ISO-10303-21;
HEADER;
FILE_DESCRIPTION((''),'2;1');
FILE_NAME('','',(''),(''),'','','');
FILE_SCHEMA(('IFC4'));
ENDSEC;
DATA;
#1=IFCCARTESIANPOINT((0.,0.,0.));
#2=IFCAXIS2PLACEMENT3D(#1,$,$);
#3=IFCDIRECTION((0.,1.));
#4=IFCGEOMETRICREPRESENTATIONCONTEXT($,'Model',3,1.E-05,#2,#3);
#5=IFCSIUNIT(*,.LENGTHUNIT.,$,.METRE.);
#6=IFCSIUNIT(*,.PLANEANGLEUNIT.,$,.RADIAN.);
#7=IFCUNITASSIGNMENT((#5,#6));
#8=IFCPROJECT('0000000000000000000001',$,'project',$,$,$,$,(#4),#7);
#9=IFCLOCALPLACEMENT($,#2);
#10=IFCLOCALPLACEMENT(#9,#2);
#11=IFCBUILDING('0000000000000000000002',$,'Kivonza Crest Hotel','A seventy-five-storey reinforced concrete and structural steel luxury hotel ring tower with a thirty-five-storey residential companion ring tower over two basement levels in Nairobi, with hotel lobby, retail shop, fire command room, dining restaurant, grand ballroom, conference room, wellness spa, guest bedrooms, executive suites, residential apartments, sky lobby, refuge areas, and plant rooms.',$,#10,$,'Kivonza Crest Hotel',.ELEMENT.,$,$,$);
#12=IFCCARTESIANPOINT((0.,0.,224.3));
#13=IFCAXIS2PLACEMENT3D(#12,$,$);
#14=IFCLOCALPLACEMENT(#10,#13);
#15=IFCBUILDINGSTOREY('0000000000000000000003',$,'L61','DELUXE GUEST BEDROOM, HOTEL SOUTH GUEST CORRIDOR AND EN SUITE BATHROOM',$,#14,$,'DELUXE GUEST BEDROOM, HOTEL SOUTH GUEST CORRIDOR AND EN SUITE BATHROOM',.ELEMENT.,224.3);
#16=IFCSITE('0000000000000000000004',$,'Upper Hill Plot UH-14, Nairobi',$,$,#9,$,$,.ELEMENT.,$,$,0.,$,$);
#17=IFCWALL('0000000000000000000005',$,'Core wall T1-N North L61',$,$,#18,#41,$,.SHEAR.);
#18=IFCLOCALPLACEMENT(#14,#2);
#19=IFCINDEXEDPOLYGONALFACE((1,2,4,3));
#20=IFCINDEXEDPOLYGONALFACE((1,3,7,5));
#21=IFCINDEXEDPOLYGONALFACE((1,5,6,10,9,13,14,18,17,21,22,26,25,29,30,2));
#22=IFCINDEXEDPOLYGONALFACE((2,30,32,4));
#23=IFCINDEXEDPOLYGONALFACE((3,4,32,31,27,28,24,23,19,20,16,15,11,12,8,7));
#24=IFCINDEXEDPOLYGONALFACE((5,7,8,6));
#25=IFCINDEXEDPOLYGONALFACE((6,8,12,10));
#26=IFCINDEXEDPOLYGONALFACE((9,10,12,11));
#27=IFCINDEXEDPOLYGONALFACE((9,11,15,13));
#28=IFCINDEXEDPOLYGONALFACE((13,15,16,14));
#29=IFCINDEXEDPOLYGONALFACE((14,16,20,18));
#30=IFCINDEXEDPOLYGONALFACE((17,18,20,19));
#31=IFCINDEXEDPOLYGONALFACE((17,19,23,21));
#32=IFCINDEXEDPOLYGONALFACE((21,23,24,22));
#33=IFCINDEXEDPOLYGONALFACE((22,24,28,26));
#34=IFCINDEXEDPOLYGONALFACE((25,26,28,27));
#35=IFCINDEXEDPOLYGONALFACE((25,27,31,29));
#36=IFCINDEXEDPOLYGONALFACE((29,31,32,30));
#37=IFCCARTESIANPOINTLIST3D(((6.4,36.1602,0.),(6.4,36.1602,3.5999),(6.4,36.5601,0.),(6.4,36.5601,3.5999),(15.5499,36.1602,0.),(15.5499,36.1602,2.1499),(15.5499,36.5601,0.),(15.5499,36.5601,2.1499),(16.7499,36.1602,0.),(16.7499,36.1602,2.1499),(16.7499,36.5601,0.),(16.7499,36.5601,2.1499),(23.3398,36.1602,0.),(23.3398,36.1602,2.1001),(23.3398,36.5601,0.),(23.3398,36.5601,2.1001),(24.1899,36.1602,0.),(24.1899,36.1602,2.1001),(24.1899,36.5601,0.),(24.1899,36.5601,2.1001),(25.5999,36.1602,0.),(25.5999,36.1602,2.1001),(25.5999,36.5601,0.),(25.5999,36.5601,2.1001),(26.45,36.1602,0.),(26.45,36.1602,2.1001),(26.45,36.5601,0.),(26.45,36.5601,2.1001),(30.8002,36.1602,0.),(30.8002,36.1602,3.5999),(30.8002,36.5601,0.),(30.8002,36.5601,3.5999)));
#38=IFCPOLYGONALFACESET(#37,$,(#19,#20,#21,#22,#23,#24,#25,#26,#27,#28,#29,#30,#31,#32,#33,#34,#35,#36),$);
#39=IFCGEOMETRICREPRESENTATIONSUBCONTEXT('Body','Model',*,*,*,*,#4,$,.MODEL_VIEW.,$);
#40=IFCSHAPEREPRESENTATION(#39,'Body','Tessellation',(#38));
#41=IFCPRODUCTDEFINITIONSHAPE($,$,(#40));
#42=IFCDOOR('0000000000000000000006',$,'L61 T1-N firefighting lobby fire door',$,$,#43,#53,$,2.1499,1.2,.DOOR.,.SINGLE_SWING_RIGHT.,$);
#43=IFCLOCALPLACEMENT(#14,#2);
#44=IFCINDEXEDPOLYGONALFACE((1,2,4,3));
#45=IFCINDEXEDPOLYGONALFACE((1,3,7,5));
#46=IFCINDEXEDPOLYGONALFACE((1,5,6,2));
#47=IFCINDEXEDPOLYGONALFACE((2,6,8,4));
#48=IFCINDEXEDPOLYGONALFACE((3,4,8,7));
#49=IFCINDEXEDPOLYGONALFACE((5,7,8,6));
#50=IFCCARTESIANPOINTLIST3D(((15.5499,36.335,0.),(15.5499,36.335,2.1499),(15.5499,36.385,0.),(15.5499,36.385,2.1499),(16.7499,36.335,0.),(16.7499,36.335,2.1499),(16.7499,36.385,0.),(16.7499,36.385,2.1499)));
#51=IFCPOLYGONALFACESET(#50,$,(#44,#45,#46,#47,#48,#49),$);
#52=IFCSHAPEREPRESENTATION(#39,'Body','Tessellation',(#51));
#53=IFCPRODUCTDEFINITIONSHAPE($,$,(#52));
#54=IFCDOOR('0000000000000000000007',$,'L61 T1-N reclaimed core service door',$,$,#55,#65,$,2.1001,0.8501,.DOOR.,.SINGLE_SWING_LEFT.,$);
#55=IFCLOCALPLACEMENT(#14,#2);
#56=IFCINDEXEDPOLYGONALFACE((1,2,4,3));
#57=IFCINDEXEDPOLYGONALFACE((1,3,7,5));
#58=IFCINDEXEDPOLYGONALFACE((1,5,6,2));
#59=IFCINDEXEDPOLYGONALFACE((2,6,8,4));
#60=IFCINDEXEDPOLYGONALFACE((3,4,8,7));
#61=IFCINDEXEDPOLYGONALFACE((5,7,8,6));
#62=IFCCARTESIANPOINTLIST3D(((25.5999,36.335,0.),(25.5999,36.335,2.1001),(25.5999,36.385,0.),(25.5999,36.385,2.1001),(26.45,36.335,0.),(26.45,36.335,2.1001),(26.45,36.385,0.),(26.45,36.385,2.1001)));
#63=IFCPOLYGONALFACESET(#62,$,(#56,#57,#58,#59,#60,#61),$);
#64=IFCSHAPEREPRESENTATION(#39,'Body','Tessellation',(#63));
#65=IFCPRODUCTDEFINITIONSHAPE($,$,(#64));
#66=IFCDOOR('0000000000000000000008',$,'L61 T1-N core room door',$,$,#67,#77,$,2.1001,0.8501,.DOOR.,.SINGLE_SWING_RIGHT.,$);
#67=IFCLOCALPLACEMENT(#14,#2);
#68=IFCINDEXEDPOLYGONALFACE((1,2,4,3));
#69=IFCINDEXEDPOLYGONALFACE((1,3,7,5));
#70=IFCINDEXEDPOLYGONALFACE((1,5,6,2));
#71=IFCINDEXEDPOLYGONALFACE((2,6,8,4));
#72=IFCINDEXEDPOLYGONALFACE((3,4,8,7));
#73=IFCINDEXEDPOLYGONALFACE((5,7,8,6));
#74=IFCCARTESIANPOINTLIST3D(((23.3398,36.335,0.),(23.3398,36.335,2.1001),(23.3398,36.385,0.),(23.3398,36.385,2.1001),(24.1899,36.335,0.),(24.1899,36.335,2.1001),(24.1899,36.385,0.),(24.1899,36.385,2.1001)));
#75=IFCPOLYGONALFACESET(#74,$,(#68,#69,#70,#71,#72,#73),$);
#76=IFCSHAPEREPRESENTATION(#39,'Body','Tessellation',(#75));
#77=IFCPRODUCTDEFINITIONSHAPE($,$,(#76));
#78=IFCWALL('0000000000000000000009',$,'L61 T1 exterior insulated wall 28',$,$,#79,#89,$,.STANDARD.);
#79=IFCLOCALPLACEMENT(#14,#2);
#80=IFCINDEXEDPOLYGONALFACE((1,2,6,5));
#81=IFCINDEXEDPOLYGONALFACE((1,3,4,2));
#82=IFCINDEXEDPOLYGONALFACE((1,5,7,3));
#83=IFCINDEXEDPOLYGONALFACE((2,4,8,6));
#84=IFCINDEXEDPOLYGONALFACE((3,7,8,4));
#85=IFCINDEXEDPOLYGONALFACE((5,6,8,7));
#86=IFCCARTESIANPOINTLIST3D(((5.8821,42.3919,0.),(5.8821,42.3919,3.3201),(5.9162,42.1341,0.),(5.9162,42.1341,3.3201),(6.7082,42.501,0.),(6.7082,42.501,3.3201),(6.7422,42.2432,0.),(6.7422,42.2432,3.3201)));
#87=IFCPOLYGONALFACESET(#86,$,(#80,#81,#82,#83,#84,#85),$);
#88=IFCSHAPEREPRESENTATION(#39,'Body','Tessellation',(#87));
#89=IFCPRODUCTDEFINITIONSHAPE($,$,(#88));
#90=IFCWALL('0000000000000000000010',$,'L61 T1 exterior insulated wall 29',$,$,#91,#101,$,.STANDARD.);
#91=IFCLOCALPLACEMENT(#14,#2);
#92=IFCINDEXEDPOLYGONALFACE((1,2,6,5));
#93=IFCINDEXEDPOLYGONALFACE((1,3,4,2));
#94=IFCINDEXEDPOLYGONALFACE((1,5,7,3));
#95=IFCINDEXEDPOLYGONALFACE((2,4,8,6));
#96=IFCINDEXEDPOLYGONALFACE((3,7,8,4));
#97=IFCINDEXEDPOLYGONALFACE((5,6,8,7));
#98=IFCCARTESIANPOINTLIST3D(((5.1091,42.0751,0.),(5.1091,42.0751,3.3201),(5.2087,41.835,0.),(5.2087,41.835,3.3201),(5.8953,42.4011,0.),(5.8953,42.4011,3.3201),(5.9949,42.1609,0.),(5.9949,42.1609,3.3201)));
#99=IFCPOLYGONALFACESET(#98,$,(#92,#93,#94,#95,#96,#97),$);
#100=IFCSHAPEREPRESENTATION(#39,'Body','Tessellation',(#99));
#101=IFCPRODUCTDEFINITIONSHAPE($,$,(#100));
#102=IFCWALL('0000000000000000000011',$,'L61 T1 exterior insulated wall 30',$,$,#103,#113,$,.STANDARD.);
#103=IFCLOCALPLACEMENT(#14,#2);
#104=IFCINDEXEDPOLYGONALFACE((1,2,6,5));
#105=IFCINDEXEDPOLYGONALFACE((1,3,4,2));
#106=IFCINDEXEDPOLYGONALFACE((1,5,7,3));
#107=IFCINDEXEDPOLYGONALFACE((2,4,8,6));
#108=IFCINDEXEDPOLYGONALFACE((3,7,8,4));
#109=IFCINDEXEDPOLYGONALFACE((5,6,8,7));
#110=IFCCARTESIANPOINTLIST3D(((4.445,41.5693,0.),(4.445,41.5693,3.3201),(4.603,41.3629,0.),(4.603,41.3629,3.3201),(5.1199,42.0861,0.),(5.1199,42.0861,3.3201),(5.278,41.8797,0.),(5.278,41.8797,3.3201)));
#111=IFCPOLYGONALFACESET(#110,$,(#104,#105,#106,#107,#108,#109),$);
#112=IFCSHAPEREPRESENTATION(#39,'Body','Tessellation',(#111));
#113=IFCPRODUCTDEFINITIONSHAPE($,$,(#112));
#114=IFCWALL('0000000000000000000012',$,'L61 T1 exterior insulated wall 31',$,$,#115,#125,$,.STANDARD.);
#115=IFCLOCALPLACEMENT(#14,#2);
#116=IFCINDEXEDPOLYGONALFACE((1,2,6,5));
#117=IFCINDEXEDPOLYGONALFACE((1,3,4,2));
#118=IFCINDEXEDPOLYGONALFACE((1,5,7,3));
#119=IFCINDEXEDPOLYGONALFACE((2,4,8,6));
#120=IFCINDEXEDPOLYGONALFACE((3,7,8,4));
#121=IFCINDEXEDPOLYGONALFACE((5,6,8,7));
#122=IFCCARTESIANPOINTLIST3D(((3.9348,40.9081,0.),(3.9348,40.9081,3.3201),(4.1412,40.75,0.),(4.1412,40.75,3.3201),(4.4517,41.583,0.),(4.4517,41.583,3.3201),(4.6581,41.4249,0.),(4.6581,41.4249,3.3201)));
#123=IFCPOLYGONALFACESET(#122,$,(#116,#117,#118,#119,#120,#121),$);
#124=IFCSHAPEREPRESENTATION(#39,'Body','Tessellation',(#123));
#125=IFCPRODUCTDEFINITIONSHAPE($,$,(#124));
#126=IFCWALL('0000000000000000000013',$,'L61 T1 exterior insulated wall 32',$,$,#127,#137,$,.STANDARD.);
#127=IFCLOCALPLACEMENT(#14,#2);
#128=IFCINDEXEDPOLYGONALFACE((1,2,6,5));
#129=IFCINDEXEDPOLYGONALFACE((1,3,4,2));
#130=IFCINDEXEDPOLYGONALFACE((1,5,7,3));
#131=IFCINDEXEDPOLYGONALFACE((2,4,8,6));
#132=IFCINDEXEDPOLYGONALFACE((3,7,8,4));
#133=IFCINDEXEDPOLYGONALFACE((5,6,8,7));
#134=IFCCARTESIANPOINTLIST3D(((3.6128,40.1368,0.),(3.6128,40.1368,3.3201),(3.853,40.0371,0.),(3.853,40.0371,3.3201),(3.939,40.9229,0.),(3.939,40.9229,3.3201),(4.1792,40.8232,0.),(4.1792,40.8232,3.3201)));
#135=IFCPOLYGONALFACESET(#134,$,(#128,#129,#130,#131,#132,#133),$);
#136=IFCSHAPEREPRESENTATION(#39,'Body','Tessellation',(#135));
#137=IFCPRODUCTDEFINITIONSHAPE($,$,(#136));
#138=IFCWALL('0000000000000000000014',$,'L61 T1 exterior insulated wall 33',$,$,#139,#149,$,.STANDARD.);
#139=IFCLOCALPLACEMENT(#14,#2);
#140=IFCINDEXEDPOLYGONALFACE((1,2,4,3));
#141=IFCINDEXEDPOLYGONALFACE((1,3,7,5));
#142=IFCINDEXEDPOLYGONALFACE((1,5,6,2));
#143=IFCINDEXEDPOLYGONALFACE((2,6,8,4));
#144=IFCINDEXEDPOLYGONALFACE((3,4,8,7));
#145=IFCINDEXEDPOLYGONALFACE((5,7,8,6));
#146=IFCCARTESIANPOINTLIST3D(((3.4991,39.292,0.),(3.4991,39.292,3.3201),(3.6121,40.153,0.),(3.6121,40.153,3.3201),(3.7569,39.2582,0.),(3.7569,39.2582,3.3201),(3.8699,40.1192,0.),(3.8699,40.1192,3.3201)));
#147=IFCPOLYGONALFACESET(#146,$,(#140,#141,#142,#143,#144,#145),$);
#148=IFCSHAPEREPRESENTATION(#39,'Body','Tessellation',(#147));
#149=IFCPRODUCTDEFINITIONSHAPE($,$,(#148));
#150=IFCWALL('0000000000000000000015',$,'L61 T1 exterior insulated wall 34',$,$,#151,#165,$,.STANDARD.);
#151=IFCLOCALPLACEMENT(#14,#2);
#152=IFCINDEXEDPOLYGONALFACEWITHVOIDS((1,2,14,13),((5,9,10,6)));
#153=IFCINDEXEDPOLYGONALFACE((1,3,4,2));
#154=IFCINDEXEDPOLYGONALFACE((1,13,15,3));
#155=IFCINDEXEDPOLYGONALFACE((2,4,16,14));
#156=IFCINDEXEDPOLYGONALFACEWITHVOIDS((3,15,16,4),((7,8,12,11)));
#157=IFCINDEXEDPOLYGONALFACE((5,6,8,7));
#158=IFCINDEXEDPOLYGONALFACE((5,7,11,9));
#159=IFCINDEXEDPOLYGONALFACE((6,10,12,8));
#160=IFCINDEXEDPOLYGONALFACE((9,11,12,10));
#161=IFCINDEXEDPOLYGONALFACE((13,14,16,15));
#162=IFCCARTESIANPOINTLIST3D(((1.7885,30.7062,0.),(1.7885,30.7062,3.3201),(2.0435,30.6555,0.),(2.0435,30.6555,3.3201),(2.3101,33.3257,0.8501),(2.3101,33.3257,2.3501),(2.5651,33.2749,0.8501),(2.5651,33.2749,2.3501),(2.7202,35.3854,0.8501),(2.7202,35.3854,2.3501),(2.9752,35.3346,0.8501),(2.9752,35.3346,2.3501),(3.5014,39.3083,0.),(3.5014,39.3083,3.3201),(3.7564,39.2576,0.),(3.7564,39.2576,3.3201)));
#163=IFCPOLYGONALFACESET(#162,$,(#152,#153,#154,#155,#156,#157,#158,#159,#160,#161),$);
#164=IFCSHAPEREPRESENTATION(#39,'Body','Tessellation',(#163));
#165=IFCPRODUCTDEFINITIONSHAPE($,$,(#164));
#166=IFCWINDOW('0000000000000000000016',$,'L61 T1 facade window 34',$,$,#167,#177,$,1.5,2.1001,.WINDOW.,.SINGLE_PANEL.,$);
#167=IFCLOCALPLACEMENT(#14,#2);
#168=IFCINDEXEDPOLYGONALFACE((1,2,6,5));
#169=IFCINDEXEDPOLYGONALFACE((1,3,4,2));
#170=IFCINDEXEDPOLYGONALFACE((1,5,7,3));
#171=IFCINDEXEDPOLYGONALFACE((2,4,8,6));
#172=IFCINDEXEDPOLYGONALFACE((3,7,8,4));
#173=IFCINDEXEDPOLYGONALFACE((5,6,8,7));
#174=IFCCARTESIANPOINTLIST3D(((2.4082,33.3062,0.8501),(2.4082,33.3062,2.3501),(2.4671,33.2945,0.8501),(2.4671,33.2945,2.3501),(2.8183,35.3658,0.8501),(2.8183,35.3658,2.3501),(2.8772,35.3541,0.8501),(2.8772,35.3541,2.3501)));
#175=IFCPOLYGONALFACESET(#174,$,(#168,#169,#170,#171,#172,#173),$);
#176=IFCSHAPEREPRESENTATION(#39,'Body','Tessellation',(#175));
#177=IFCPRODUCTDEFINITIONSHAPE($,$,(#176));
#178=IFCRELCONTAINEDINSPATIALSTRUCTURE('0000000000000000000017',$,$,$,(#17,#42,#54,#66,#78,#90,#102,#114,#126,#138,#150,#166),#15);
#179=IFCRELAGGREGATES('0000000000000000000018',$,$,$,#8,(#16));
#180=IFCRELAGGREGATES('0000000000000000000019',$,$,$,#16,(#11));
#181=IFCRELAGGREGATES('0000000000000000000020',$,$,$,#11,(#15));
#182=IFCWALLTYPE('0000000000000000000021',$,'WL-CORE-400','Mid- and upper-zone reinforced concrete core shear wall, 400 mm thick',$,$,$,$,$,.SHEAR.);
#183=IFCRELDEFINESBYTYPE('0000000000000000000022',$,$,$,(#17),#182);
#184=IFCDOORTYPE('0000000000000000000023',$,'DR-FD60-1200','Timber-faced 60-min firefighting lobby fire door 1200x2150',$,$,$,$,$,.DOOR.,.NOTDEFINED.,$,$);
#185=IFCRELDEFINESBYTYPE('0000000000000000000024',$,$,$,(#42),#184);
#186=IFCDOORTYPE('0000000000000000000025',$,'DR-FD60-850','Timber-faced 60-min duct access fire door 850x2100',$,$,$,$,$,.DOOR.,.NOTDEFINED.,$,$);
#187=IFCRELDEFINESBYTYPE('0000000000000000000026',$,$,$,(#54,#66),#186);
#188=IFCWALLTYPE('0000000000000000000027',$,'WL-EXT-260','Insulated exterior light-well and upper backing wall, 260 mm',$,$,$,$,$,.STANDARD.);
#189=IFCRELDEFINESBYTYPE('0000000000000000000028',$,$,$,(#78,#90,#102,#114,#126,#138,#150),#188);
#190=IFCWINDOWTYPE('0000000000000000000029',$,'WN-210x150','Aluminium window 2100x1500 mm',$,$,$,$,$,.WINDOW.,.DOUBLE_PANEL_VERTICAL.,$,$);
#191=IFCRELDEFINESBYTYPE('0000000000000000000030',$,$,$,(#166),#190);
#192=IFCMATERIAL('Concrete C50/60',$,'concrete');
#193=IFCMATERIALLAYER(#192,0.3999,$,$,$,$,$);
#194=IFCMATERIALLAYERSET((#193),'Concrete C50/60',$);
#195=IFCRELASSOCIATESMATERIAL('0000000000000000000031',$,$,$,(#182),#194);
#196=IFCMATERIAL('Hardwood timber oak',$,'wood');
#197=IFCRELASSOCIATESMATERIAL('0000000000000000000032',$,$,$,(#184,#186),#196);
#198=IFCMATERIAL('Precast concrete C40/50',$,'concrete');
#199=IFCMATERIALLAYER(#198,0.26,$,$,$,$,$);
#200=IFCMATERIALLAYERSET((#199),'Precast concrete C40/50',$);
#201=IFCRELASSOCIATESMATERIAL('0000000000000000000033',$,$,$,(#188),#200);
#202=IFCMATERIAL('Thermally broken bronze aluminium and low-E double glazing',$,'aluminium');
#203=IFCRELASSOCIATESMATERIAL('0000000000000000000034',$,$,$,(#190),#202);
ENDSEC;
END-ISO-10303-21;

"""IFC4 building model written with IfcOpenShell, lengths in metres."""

from ifc_helpers import new_model, si_unit, direction, frame, frame_2d, origin, place, context, subcontext, project, spatial, rectangle, extrude, material, layer, layer_set, type_object, element, fill, save


model = new_model("IFC4")

# Units and contexts
model_context = context("Model", 3, precision=1e-05, world=origin(), true_north=direction((0.0, 1.0)))
body_context = subcontext(model_context, "Body", "Model", "MODEL_VIEW")
ifc_project = project(units=[si_unit("LENGTHUNIT", "METRE"), si_unit("PLANEANGLEUNIT", "RADIAN")], contexts=[model_context])

# Site, building, storey
site_placement = place(None, origin())
site = spatial("IfcSite", under=ifc_project, at=site_placement, Name="Upper Hill Plot UH-14, Nairobi", CompositionType="ELEMENT", RefElevation=0.0)
building_placement = place(site_placement, origin())
building = spatial("IfcBuilding", under=site, at=building_placement, Name="Kivonza Crest Hotel", Description="A seventy-five-storey reinforced concrete and structural steel luxury hotel ring tower with a thirty-five-storey residential companion ring tower over two basement levels in Nairobi, with hotel lobby, retail shop, fire command room, dining restaurant, grand ballroom, conference room, wellness spa, guest bedrooms, executive suites, residential apartments, sky lobby, refuge areas, and plant rooms.", LongName="Kivonza Crest Hotel", CompositionType="ELEMENT")
storey_placement = place(building_placement, frame((0.0, 0.0, 224.3)))
storey = spatial("IfcBuildingStorey", under=building, at=storey_placement, Name="L61", Description="DELUXE GUEST BEDROOM, HOTEL SOUTH GUEST CORRIDOR AND EN SUITE BATHROOM", LongName="DELUXE GUEST BEDROOM, HOTEL SOUTH GUEST CORRIDOR AND EN SUITE BATHROOM", CompositionType="ELEMENT", Elevation=224.3)

# Shared definitions
ifc_material_1 = material(Name="Concrete C50/60", Category="concrete")

# Wall, openings, doors
ifc_layer_1 = layer(ifc_material_1, 0.3999)
ifc_layer_set_1 = layer_set([ifc_layer_1], Name="Concrete C50/60")
wall_type_1 = type_object("IfcWallType", Name="WL-CORE-400", Description="Mid- and upper-zone reinforced concrete core shear wall, 400 mm thick", PredefinedType="SHEAR", material=ifc_layer_set_1)
wall_1_placement = place(storey_placement, frame((6.3999, 36.3601, 0.0), z_axis=(0.0, 0.0, 1.0), x_axis=(1.0, 0.0, 0.0)))
wall_1 = element("IfcWall", 1, at=wall_1_placement, inside=storey, type_object=wall_type_1, Name="Core wall T1-N North L61", PredefinedType="SHEAR", context=body_context, shape_type="SweptSolid", body=[
    extrude(rectangle(XDim=24.4001, YDim=0.3999, at=frame_2d((12.2002, 0.0))), origin(), (0.0, 0.0, 1.0), 3.5999),
])
opening_1_placement = place(wall_1_placement, frame((9.1499, 0.0, 0.0)))
opening_1 = element("IfcOpeningElement", 2, at=opening_1_placement, cuts=wall_1, PredefinedType="OPENING", context=body_context, shape_type="SweptSolid", body=[
    extrude(rectangle(XDim=1.2, YDim=2.1499, at=frame_2d((0.6001, 1.075))), frame((0.0, 0.21, 0.0), z_axis=(0.0, -1.0, 0.0), x_axis=(1.0, 0.0, 0.0)), (0.0, 0.0, 1.0), 0.4199),
])
opening_2_placement = place(wall_1_placement, frame((19.2, 0.0, 0.0)))
opening_2 = element("IfcOpeningElement", 3, at=opening_2_placement, cuts=wall_1, PredefinedType="OPENING", context=body_context, shape_type="SweptSolid", body=[
    extrude(rectangle(XDim=0.8501, YDim=2.1001, at=frame_2d((0.425, 1.05))), frame((0.0, 0.21, 0.0), z_axis=(0.0, -1.0, 0.0), x_axis=(1.0, 0.0, 0.0)), (0.0, 0.0, 1.0), 0.4199),
])
opening_3_placement = place(wall_1_placement, frame((16.9399, 0.0, 0.0)))
opening_3 = element("IfcOpeningElement", 4, at=opening_3_placement, cuts=wall_1, PredefinedType="OPENING", context=body_context, shape_type="SweptSolid", body=[
    extrude(rectangle(XDim=0.8501, YDim=2.1001, at=frame_2d((0.425, 1.05))), frame((0.0, 0.21, 0.0), z_axis=(0.0, -1.0, 0.0), x_axis=(1.0, 0.0, 0.0)), (0.0, 0.0, 1.0), 0.4199),
])
ifc_material_2 = material(Name="Hardwood timber oak", Category="wood")
door_type_1 = type_object("IfcDoorType", Name="DR-FD60-1200", Description="Timber-faced 60-min firefighting lobby fire door 1200x2150", OperationType="NOTDEFINED", PredefinedType="DOOR", material=ifc_material_2)
door_1_placement = place(opening_1_placement, origin())
door_1 = element("IfcDoor", 5, at=door_1_placement, inside=storey, type_object=door_type_1, Name="L61 T1-N firefighting lobby fire door", OperationType="SINGLE_SWING_RIGHT", OverallHeight=2.1499, OverallWidth=1.2, PredefinedType="DOOR", context=body_context, shape_type="SweptSolid", body=[
    extrude(rectangle(XDim=1.2, YDim=2.1499, at=frame_2d((0.6001, 1.075))), frame((0.0, 0.0249, 0.0), z_axis=(0.0, -1.0, 0.0), x_axis=(1.0, 0.0, 0.0)), (0.0, 0.0, 1.0), 0.05),
])
fill(opening_1, door_1)
door_type_2 = type_object("IfcDoorType", Name="DR-FD60-850", Description="Timber-faced 60-min duct access fire door 850x2100", OperationType="NOTDEFINED", PredefinedType="DOOR", material=ifc_material_2)
door_2_placement = place(opening_2_placement, origin())
door_2 = element("IfcDoor", 6, at=door_2_placement, inside=storey, type_object=door_type_2, Name="L61 T1-N reclaimed core service door", OperationType="SINGLE_SWING_LEFT", OverallHeight=2.1001, OverallWidth=0.8501, PredefinedType="DOOR", context=body_context, shape_type="SweptSolid", body=[
    extrude(rectangle(XDim=0.8501, YDim=2.1001, at=frame_2d((0.425, 1.05))), frame((0.0, 0.0249, 0.0), z_axis=(0.0, -1.0, 0.0), x_axis=(1.0, 0.0, 0.0)), (0.0, 0.0, 1.0), 0.05),
])
fill(opening_2, door_2)
door_3_placement = place(opening_3_placement, origin())
door_3 = element("IfcDoor", 7, at=door_3_placement, inside=storey, type_object=door_type_2, Name="L61 T1-N core room door", OperationType="SINGLE_SWING_RIGHT", OverallHeight=2.1001, OverallWidth=0.8501, PredefinedType="DOOR", context=body_context, shape_type="SweptSolid", body=[
    extrude(rectangle(XDim=0.8501, YDim=2.1001, at=frame_2d((0.425, 1.05))), frame((0.0, 0.0249, 0.0), z_axis=(0.0, -1.0, 0.0), x_axis=(1.0, 0.0, 0.0)), (0.0, 0.0, 1.0), 0.05),
])
fill(opening_3, door_3)

# Walls
ifc_material_3 = material(Name="Precast concrete C40/50", Category="concrete")
ifc_layer_2 = layer(ifc_material_3, 0.26)
ifc_layer_set_2 = layer_set([ifc_layer_2], Name="Precast concrete C40/50")
wall_type_2 = type_object("IfcWallType", Name="WL-EXT-260", Description="Insulated exterior light-well and upper backing wall, 260 mm", PredefinedType="STANDARD", material=ifc_layer_set_2)
wall_2_placement = place(storey_placement, frame((6.7251, 42.3721, 0.0), z_axis=(0.0, 0.0, 1.0), x_axis=(-0.991388, -0.130955, 0.0)))
element("IfcWall", 8, at=wall_2_placement, inside=storey, type_object=wall_type_2, Name="L61 T1 exterior insulated wall 28", PredefinedType="STANDARD", context=body_context, shape_type="SweptSolid", body=[
    extrude(rectangle(XDim=0.8333, YDim=0.26, at=frame_2d((0.4165, 0.0))), origin(), (0.0, 0.0, 1.0), 3.3201),
])
wall_3_placement = place(storey_placement, frame((5.9451, 42.281, 0.0), z_axis=(0.0, 0.0, 1.0), x_axis=(-0.923754, -0.382985, 0.0)))
element("IfcWall", 9, at=wall_3_placement, inside=storey, type_object=wall_type_2, Name="L61 T1 exterior insulated wall 29", PredefinedType="STANDARD", context=body_context, shape_type="SweptSolid", body=[
    extrude(rectangle(XDim=0.8511, YDim=0.26, at=frame_2d((0.4255, 0.0))), origin(), (0.0, 0.0, 1.0), 3.3201),
])
for number, where, z_axis, x_axis, name in (
    (10, (5.199, 41.9829, 0.0), (0.0, 0.0, 1.0), (-0.793999, -0.607919, 0.0), "L61 T1 exterior insulated wall 30"),
    (11, (4.5549, 41.5039, 0.0), (0.0, 0.0, 1.0), (-0.608058, -0.793893, 0.0), "L61 T1 exterior insulated wall 31"),
):
    element("IfcWall", number, at=place(storey_placement, frame(where, z_axis=z_axis, x_axis=x_axis)), inside=storey, type_object=wall_type_2, Name=name, PredefinedType="STANDARD", context=body_context, shape_type="SweptSolid", body=[
        extrude(rectangle(XDim=0.8501, YDim=0.26, at=frame_2d((0.425, 0.0))), origin(), (0.0, 0.0, 1.0), 3.3201),
    ])
wall_4_placement = place(storey_placement, frame((4.0591, 40.873, 0.0), z_axis=(0.0, 0.0, 1.0), x_axis=(-0.38323, -0.923653, 0.0)))
element("IfcWall", 12, at=wall_4_placement, inside=storey, type_object=wall_type_2, Name="L61 T1 exterior insulated wall 32", PredefinedType="STANDARD", context=body_context, shape_type="SweptSolid", body=[
    extrude(rectangle(XDim=0.8511, YDim=0.26, at=frame_2d((0.4255, 0.0))), origin(), (0.0, 0.0, 1.0), 3.3201),
])
wall_5_placement = place(storey_placement, frame((3.741, 40.136, 0.0), z_axis=(0.0, 0.0, 1.0), x_axis=(-0.130156, -0.991493, 0.0)))
element("IfcWall", 13, at=wall_5_placement, inside=storey, type_object=wall_type_2, Name="L61 T1 exterior insulated wall 33", PredefinedType="STANDARD", context=body_context, shape_type="SweptSolid", body=[
    extrude(rectangle(XDim=0.8684, YDim=0.26, at=frame_2d((0.4341, 0.0))), origin(), (0.0, 0.0, 1.0), 3.3201),
])

# Wall, opening, window
wall_6_placement = place(storey_placement, frame((3.6289, 39.283, 0.0), z_axis=(0.0, 0.0, 1.0), x_axis=(-0.195292, -0.980745, 0.0)))
wall_6 = element("IfcWall", 14, at=wall_6_placement, inside=storey, type_object=wall_type_2, Name="L61 T1 exterior insulated wall 34", PredefinedType="STANDARD", context=body_context, shape_type="SweptSolid", body=[
    extrude(rectangle(XDim=8.771, YDim=0.26, at=frame_2d((4.3855, 0.0))), origin(), (0.0, 0.0, 1.0), 3.3201),
])
opening_4_placement = place(wall_6_placement, frame((4.0, 0.0, 0.8501)))
opening_4 = element("IfcOpeningElement", 15, at=opening_4_placement, cuts=wall_6, PredefinedType="OPENING", context=body_context, shape_type="SweptSolid", body=[
    extrude(rectangle(XDim=2.1001, YDim=1.5, at=frame_2d((1.05, 0.75))), frame((0.0, 0.1401, 0.0), z_axis=(0.0, -1.0, 0.0), x_axis=(1.0, 0.0, 0.0)), (0.0, 0.0, 1.0), 0.28),
])
ifc_material_4 = material(Name="Thermally broken bronze aluminium and low-E double glazing", Category="aluminium")
window_type = type_object("IfcWindowType", Name="WN-210x150", Description="Aluminium window 2100x1500 mm", PartitioningType="DOUBLE_PANEL_VERTICAL", PredefinedType="WINDOW", material=ifc_material_4)
window_placement = place(opening_4_placement, origin())
window = element("IfcWindow", 16, at=window_placement, inside=storey, type_object=window_type, Name="L61 T1 facade window 34", OverallHeight=1.5, OverallWidth=2.1001, PartitioningType="SINGLE_PANEL", PredefinedType="WINDOW", context=body_context, shape_type="SweptSolid", body=[
    extrude(rectangle(XDim=2.1001, YDim=1.5, at=frame_2d((1.05, 0.75))), frame((0.0, 0.03, 0.0), z_axis=(0.0, -1.0, 0.0), x_axis=(1.0, 0.0, 0.0)), (0.0, 0.0, 1.0), 0.0601),
])
fill(opening_4, window)

save(model, "model.ifc")
